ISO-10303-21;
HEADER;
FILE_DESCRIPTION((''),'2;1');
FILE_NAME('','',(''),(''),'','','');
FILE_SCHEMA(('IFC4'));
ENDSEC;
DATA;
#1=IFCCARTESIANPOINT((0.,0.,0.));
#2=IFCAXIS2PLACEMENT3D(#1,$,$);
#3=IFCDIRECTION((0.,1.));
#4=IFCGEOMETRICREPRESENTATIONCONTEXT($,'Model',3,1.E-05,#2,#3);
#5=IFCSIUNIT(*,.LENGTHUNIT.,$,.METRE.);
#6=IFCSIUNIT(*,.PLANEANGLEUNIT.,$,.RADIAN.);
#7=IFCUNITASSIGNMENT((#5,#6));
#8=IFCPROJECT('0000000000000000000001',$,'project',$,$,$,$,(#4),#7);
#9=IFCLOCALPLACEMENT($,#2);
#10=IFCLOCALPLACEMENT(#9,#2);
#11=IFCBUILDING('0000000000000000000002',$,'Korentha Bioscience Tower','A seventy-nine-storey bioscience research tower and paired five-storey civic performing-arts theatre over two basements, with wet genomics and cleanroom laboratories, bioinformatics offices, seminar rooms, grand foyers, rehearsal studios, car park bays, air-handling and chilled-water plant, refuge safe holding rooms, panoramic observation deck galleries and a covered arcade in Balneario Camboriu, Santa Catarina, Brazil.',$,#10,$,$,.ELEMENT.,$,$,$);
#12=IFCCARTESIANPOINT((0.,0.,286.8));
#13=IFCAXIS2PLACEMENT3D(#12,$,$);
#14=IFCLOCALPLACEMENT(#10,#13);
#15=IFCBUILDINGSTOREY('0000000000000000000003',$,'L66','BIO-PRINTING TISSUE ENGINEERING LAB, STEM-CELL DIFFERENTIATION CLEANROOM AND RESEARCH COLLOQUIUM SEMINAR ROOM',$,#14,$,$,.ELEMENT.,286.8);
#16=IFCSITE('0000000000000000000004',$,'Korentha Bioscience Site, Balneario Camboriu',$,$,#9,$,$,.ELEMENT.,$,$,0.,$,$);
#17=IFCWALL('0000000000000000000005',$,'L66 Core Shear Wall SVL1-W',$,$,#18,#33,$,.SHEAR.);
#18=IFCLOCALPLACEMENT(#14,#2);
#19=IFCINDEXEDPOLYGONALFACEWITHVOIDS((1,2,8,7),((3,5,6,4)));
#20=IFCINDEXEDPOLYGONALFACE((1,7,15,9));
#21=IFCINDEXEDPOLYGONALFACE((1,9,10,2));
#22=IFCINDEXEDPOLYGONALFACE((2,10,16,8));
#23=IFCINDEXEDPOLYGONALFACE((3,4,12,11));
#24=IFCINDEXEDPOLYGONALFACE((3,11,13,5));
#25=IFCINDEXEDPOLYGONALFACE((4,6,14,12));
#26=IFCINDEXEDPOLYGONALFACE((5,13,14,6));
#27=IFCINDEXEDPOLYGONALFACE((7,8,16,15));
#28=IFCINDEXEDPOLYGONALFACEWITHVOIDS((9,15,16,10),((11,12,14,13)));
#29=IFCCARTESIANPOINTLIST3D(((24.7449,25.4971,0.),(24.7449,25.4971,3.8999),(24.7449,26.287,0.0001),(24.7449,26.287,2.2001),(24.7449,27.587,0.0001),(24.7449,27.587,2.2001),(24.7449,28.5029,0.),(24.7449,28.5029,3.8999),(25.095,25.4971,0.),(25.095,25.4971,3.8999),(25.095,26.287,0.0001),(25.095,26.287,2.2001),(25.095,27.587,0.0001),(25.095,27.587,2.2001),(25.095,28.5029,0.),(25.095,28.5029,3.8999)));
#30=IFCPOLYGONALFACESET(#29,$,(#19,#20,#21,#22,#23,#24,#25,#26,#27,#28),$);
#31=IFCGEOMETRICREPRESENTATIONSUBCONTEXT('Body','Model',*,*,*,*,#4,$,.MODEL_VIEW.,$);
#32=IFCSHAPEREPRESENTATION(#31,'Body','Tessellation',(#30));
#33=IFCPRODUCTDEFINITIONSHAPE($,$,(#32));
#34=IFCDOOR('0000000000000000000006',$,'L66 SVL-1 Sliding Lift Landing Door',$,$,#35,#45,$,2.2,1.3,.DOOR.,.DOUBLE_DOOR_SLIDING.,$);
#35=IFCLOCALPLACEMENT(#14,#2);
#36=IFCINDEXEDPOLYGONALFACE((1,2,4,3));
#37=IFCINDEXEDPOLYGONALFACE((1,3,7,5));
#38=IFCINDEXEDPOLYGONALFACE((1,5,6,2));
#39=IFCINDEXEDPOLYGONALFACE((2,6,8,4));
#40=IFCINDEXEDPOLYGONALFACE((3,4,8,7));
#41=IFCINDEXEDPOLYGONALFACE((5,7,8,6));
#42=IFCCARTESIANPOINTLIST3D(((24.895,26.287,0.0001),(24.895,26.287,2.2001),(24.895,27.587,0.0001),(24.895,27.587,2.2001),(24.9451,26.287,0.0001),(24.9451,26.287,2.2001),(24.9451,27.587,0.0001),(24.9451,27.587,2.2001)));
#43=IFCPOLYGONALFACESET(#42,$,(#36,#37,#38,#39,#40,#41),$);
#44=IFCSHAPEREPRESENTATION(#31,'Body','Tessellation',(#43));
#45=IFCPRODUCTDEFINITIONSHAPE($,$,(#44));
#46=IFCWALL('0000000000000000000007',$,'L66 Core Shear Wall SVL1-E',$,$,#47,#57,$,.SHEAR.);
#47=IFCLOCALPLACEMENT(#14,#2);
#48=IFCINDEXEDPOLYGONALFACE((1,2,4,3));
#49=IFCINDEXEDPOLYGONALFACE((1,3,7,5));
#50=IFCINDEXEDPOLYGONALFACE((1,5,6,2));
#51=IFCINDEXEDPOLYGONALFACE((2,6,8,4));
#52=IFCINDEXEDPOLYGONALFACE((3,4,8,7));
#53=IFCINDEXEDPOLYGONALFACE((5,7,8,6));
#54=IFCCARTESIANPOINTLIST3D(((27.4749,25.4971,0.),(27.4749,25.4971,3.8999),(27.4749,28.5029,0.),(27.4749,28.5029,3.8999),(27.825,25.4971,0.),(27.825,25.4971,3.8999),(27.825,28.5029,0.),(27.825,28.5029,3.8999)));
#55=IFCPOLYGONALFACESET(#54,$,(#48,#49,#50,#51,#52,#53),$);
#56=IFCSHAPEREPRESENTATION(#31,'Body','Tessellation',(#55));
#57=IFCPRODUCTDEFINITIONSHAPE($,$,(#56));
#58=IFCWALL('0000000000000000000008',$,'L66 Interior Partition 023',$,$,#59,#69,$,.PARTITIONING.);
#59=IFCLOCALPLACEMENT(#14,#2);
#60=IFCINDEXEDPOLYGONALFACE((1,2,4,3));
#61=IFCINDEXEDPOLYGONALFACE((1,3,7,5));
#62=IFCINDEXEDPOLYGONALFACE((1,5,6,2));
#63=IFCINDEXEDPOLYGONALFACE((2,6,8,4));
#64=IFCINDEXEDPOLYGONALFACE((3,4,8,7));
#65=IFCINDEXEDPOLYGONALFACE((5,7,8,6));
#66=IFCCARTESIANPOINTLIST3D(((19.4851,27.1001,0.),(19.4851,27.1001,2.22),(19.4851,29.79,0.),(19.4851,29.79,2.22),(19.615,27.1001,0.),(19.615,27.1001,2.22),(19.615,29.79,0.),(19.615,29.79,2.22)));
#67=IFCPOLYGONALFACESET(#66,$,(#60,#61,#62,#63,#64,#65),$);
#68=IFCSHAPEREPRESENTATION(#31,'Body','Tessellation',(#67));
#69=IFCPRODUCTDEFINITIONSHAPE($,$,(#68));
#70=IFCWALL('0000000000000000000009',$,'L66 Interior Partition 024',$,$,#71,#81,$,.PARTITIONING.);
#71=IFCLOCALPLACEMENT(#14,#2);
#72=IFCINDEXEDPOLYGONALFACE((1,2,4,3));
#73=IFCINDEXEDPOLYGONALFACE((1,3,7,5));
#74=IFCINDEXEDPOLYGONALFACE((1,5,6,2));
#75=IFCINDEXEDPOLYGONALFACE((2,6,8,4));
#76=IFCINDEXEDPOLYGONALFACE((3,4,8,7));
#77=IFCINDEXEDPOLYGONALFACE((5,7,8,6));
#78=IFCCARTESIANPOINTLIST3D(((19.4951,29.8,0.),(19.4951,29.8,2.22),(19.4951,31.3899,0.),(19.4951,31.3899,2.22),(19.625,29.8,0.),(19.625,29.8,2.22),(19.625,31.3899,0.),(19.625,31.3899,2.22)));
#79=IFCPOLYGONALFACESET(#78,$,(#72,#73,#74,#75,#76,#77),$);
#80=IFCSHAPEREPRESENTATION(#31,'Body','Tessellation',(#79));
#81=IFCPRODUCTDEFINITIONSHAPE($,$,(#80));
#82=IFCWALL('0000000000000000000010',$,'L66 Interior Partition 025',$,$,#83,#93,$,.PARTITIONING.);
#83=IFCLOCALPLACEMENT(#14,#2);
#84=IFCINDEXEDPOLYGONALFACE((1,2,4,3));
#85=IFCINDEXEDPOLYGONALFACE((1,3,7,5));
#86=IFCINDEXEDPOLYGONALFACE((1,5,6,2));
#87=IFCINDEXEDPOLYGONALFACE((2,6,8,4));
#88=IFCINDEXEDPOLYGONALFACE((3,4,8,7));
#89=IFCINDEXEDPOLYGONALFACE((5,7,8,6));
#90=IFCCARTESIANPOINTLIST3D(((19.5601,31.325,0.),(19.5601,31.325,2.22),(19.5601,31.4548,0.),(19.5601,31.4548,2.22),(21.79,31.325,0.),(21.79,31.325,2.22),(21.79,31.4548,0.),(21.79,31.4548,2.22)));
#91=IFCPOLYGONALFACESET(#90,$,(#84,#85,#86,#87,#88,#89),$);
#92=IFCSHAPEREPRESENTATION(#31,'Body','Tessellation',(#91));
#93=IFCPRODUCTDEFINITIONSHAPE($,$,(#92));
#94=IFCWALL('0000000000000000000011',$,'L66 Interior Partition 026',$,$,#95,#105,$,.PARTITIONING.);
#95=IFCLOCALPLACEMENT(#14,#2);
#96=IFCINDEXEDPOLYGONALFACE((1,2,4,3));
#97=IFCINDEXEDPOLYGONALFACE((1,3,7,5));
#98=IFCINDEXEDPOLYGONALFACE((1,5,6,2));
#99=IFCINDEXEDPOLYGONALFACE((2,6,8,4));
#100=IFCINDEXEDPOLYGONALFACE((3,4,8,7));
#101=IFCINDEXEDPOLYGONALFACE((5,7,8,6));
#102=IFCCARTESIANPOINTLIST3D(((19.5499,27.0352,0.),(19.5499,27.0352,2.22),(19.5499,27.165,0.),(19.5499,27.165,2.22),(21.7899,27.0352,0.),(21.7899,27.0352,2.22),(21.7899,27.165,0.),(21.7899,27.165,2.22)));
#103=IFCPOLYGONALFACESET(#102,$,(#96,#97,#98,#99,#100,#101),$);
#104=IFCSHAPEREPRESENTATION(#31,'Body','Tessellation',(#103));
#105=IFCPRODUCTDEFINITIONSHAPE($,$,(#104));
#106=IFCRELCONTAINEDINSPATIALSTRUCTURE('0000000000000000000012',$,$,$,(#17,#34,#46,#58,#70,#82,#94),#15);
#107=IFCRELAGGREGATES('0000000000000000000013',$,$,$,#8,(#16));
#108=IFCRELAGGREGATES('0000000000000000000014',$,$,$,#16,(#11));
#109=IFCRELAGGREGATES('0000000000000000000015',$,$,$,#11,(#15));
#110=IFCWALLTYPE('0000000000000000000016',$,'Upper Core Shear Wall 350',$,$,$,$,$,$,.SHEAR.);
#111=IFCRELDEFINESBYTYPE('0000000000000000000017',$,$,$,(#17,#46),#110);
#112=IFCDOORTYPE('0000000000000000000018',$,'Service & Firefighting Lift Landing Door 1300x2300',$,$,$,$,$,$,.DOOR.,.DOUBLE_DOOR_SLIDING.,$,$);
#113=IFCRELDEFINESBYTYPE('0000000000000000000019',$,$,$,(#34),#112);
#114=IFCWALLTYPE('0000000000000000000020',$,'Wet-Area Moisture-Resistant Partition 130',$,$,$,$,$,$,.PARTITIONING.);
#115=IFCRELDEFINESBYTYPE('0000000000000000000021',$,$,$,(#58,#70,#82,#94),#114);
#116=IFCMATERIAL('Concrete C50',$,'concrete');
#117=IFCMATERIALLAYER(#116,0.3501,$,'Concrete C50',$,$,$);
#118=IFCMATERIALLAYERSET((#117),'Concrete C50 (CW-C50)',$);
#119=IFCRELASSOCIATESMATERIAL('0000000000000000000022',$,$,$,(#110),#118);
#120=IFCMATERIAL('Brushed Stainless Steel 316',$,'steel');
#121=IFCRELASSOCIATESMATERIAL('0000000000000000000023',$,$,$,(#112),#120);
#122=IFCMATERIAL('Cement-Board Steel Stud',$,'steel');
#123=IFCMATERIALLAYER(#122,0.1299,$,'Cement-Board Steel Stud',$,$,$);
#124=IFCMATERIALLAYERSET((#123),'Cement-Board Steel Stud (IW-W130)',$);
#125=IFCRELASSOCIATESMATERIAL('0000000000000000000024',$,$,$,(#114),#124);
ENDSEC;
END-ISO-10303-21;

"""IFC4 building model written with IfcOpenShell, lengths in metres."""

from ifc_helpers import new_model, si_unit, direction, frame, frame_2d, origin, place, context, subcontext, project, spatial, rectangle, extrude, material, layer, layer_set, type_object, element, fill, save


model = new_model("IFC4")

# Units and contexts
model_context = context("Model", 3, precision=1e-05, world=origin(), true_north=direction((0.0, 1.0)))
body_context = subcontext(model_context, "Body", "Model", "MODEL_VIEW")
ifc_project = project(units=[si_unit("LENGTHUNIT", "METRE"), si_unit("PLANEANGLEUNIT", "RADIAN")], contexts=[model_context])

# Site, building, storey
site_placement = place(None, origin())
site = spatial("IfcSite", under=ifc_project, at=site_placement, Name="Korentha Bioscience Site, Balneario Camboriu", CompositionType="ELEMENT", RefElevation=0.0)
building_placement = place(site_placement, origin())
building = spatial("IfcBuilding", under=site, at=building_placement, Name="Korentha Bioscience Tower", Description="A seventy-nine-storey bioscience research tower and paired five-storey civic performing-arts theatre over two basements, with wet genomics and cleanroom laboratories, bioinformatics offices, seminar rooms, grand foyers, rehearsal studios, car park bays, air-handling and chilled-water plant, refuge safe holding rooms, panoramic observation deck galleries and a covered arcade in Balneario Camboriu, Santa Catarina, Brazil.", CompositionType="ELEMENT")
storey_placement = place(building_placement, frame((0.0, 0.0, 286.8)))
storey = spatial("IfcBuildingStorey", under=building, at=storey_placement, Name="L66", Description="BIO-PRINTING TISSUE ENGINEERING LAB, STEM-CELL DIFFERENTIATION CLEANROOM AND RESEARCH COLLOQUIUM SEMINAR ROOM", CompositionType="ELEMENT", Elevation=286.8)

# Shared definitions
ifc_material_1 = material(Name="Concrete C50", Category="concrete")
ifc_layer_1 = layer(ifc_material_1, 0.3501, Name="Concrete C50")
ifc_layer_set_1 = layer_set([ifc_layer_1], Name="Concrete C50 (CW-C50)")
wall_type_1 = type_object("IfcWallType", Name="Upper Core Shear Wall 350", PredefinedType="SHEAR", material=ifc_layer_set_1)

# Wall, opening, door
wall_1_placement = place(storey_placement, frame((24.9199, 25.4971, 0.0), z_axis=(0.0, 0.0, 1.0), x_axis=(0.0, 1.0, 0.0)))
wall_1 = element("IfcWall", 1, at=wall_1_placement, inside=storey, type_object=wall_type_1, Name="L66 Core Shear Wall SVL1-W", PredefinedType="SHEAR", context=body_context, shape_type="SweptSolid", body=[
    extrude(rectangle(XDim=3.0059, YDim=0.3501, at=frame_2d((1.5029, 0.0))), origin(), (0.0, 0.0, 1.0), 3.8999),
])
opening_1_placement = place(wall_1_placement, frame((0.79, 0.0, 0.0)))
opening_1 = element("IfcOpeningElement", 2, at=opening_1_placement, cuts=wall_1, PredefinedType="OPENING", context=body_context, shape_type="SweptSolid", body=[
    extrude(rectangle(XDim=1.3, YDim=2.2, at=frame_2d((0.6499, 1.1001))), frame((0.0, 0.1899, 0.0), z_axis=(0.0, -1.0, 0.0), x_axis=(1.0, 0.0, 0.0)), (0.0, 0.0, 1.0), 0.3799),
])
ifc_material_2 = material(Name="Brushed Stainless Steel 316", Category="steel")
door_type_1 = type_object("IfcDoorType", Name="Service & Firefighting Lift Landing Door 1300x2300", OperationType="DOUBLE_DOOR_SLIDING", PredefinedType="DOOR", material=ifc_material_2)
door_1_placement = place(opening_1_placement, origin())
door_1 = element("IfcDoor", 3, at=door_1_placement, inside=storey, type_object=door_type_1, Name="L66 SVL-1 Sliding Lift Landing Door", OperationType="DOUBLE_DOOR_SLIDING", OverallHeight=2.2, OverallWidth=1.3, PredefinedType="DOOR", context=body_context, shape_type="SweptSolid", body=[
    extrude(rectangle(XDim=1.3, YDim=2.2, at=frame_2d((0.6499, 1.1001))), frame((0.0, 0.0249, 0.0), z_axis=(0.0, -1.0, 0.0), x_axis=(1.0, 0.0, 0.0)), (0.0, 0.0, 1.0), 0.05),
])
fill(opening_1, door_1)

# Wall
wall_2_placement = place(storey_placement, frame((27.6499, 25.4971, 0.0), z_axis=(0.0, 0.0, 1.0), x_axis=(0.0, 1.0, 0.0)))
element("IfcWall", 4, at=wall_2_placement, inside=storey, type_object=wall_type_1, Name="L66 Core Shear Wall SVL1-E", PredefinedType="SHEAR", context=body_context, shape_type="SweptSolid", body=[
    extrude(rectangle(XDim=3.0059, YDim=0.3501, at=frame_2d((1.5029, 0.0))), origin(), (0.0, 0.0, 1.0), 3.8999),
])

# Shared definitions
ifc_material_3 = material(Name="Cement-Board Steel Stud", Category="steel")
ifc_layer_2 = layer(ifc_material_3, 0.1299, Name="Cement-Board Steel Stud")
ifc_layer_set_2 = layer_set([ifc_layer_2], Name="Cement-Board Steel Stud (IW-W130)")
wall_type_2 = type_object("IfcWallType", Name="Wet-Area Moisture-Resistant Partition 130", PredefinedType="PARTITIONING", material=ifc_layer_set_2)

# Walls
wall_3_placement = place(storey_placement, frame((19.55, 27.1001, 0.0), z_axis=(0.0, 0.0, 1.0), x_axis=(0.0, 1.0, 0.0)))
element("IfcWall", 5, at=wall_3_placement, inside=storey, type_object=wall_type_2, Name="L66 Interior Partition 023", PredefinedType="PARTITIONING", context=body_context, shape_type="SweptSolid", body=[
    extrude(rectangle(XDim=2.6899, YDim=0.1299, at=frame_2d((1.345, 0.0))), origin(), (0.0, 0.0, 1.0), 2.22),
])
wall_4_placement = place(storey_placement, frame((19.5601, 29.8, 0.0), z_axis=(0.0, 0.0, 1.0), x_axis=(0.0, 1.0, 0.0)))
element("IfcWall", 6, at=wall_4_placement, inside=storey, type_object=wall_type_2, Name="L66 Interior Partition 024", PredefinedType="PARTITIONING", context=body_context, shape_type="SweptSolid", body=[
    extrude(rectangle(XDim=1.5898, YDim=0.1299, at=frame_2d((0.7949, 0.0))), origin(), (0.0, 0.0, 1.0), 2.22),
])
wall_5_placement = place(storey_placement, frame((19.5601, 31.3899, 0.0), z_axis=(0.0, 0.0, 1.0), x_axis=(1.0, 0.0, 0.0)))
element("IfcWall", 7, at=wall_5_placement, inside=storey, type_object=wall_type_2, Name="L66 Interior Partition 025", PredefinedType="PARTITIONING", context=body_context, shape_type="SweptSolid", body=[
    extrude(rectangle(XDim=2.23, YDim=0.1299, at=frame_2d((1.115, 0.0))), origin(), (0.0, 0.0, 1.0), 2.22),
])
wall_6_placement = place(storey_placement, frame((21.79, 27.1001, 0.0), z_axis=(0.0, 0.0, 1.0), x_axis=(-1.0, 0.0, 0.0)))
element("IfcWall", 8, at=wall_6_placement, inside=storey, type_object=wall_type_2, Name="L66 Interior Partition 026", PredefinedType="PARTITIONING", context=body_context, shape_type="SweptSolid", body=[
    extrude(rectangle(XDim=2.24, YDim=0.1299, at=frame_2d((1.1201, 0.0))), origin(), (0.0, 0.0, 1.0), 2.22),
])

save(model, "model.ifc")
